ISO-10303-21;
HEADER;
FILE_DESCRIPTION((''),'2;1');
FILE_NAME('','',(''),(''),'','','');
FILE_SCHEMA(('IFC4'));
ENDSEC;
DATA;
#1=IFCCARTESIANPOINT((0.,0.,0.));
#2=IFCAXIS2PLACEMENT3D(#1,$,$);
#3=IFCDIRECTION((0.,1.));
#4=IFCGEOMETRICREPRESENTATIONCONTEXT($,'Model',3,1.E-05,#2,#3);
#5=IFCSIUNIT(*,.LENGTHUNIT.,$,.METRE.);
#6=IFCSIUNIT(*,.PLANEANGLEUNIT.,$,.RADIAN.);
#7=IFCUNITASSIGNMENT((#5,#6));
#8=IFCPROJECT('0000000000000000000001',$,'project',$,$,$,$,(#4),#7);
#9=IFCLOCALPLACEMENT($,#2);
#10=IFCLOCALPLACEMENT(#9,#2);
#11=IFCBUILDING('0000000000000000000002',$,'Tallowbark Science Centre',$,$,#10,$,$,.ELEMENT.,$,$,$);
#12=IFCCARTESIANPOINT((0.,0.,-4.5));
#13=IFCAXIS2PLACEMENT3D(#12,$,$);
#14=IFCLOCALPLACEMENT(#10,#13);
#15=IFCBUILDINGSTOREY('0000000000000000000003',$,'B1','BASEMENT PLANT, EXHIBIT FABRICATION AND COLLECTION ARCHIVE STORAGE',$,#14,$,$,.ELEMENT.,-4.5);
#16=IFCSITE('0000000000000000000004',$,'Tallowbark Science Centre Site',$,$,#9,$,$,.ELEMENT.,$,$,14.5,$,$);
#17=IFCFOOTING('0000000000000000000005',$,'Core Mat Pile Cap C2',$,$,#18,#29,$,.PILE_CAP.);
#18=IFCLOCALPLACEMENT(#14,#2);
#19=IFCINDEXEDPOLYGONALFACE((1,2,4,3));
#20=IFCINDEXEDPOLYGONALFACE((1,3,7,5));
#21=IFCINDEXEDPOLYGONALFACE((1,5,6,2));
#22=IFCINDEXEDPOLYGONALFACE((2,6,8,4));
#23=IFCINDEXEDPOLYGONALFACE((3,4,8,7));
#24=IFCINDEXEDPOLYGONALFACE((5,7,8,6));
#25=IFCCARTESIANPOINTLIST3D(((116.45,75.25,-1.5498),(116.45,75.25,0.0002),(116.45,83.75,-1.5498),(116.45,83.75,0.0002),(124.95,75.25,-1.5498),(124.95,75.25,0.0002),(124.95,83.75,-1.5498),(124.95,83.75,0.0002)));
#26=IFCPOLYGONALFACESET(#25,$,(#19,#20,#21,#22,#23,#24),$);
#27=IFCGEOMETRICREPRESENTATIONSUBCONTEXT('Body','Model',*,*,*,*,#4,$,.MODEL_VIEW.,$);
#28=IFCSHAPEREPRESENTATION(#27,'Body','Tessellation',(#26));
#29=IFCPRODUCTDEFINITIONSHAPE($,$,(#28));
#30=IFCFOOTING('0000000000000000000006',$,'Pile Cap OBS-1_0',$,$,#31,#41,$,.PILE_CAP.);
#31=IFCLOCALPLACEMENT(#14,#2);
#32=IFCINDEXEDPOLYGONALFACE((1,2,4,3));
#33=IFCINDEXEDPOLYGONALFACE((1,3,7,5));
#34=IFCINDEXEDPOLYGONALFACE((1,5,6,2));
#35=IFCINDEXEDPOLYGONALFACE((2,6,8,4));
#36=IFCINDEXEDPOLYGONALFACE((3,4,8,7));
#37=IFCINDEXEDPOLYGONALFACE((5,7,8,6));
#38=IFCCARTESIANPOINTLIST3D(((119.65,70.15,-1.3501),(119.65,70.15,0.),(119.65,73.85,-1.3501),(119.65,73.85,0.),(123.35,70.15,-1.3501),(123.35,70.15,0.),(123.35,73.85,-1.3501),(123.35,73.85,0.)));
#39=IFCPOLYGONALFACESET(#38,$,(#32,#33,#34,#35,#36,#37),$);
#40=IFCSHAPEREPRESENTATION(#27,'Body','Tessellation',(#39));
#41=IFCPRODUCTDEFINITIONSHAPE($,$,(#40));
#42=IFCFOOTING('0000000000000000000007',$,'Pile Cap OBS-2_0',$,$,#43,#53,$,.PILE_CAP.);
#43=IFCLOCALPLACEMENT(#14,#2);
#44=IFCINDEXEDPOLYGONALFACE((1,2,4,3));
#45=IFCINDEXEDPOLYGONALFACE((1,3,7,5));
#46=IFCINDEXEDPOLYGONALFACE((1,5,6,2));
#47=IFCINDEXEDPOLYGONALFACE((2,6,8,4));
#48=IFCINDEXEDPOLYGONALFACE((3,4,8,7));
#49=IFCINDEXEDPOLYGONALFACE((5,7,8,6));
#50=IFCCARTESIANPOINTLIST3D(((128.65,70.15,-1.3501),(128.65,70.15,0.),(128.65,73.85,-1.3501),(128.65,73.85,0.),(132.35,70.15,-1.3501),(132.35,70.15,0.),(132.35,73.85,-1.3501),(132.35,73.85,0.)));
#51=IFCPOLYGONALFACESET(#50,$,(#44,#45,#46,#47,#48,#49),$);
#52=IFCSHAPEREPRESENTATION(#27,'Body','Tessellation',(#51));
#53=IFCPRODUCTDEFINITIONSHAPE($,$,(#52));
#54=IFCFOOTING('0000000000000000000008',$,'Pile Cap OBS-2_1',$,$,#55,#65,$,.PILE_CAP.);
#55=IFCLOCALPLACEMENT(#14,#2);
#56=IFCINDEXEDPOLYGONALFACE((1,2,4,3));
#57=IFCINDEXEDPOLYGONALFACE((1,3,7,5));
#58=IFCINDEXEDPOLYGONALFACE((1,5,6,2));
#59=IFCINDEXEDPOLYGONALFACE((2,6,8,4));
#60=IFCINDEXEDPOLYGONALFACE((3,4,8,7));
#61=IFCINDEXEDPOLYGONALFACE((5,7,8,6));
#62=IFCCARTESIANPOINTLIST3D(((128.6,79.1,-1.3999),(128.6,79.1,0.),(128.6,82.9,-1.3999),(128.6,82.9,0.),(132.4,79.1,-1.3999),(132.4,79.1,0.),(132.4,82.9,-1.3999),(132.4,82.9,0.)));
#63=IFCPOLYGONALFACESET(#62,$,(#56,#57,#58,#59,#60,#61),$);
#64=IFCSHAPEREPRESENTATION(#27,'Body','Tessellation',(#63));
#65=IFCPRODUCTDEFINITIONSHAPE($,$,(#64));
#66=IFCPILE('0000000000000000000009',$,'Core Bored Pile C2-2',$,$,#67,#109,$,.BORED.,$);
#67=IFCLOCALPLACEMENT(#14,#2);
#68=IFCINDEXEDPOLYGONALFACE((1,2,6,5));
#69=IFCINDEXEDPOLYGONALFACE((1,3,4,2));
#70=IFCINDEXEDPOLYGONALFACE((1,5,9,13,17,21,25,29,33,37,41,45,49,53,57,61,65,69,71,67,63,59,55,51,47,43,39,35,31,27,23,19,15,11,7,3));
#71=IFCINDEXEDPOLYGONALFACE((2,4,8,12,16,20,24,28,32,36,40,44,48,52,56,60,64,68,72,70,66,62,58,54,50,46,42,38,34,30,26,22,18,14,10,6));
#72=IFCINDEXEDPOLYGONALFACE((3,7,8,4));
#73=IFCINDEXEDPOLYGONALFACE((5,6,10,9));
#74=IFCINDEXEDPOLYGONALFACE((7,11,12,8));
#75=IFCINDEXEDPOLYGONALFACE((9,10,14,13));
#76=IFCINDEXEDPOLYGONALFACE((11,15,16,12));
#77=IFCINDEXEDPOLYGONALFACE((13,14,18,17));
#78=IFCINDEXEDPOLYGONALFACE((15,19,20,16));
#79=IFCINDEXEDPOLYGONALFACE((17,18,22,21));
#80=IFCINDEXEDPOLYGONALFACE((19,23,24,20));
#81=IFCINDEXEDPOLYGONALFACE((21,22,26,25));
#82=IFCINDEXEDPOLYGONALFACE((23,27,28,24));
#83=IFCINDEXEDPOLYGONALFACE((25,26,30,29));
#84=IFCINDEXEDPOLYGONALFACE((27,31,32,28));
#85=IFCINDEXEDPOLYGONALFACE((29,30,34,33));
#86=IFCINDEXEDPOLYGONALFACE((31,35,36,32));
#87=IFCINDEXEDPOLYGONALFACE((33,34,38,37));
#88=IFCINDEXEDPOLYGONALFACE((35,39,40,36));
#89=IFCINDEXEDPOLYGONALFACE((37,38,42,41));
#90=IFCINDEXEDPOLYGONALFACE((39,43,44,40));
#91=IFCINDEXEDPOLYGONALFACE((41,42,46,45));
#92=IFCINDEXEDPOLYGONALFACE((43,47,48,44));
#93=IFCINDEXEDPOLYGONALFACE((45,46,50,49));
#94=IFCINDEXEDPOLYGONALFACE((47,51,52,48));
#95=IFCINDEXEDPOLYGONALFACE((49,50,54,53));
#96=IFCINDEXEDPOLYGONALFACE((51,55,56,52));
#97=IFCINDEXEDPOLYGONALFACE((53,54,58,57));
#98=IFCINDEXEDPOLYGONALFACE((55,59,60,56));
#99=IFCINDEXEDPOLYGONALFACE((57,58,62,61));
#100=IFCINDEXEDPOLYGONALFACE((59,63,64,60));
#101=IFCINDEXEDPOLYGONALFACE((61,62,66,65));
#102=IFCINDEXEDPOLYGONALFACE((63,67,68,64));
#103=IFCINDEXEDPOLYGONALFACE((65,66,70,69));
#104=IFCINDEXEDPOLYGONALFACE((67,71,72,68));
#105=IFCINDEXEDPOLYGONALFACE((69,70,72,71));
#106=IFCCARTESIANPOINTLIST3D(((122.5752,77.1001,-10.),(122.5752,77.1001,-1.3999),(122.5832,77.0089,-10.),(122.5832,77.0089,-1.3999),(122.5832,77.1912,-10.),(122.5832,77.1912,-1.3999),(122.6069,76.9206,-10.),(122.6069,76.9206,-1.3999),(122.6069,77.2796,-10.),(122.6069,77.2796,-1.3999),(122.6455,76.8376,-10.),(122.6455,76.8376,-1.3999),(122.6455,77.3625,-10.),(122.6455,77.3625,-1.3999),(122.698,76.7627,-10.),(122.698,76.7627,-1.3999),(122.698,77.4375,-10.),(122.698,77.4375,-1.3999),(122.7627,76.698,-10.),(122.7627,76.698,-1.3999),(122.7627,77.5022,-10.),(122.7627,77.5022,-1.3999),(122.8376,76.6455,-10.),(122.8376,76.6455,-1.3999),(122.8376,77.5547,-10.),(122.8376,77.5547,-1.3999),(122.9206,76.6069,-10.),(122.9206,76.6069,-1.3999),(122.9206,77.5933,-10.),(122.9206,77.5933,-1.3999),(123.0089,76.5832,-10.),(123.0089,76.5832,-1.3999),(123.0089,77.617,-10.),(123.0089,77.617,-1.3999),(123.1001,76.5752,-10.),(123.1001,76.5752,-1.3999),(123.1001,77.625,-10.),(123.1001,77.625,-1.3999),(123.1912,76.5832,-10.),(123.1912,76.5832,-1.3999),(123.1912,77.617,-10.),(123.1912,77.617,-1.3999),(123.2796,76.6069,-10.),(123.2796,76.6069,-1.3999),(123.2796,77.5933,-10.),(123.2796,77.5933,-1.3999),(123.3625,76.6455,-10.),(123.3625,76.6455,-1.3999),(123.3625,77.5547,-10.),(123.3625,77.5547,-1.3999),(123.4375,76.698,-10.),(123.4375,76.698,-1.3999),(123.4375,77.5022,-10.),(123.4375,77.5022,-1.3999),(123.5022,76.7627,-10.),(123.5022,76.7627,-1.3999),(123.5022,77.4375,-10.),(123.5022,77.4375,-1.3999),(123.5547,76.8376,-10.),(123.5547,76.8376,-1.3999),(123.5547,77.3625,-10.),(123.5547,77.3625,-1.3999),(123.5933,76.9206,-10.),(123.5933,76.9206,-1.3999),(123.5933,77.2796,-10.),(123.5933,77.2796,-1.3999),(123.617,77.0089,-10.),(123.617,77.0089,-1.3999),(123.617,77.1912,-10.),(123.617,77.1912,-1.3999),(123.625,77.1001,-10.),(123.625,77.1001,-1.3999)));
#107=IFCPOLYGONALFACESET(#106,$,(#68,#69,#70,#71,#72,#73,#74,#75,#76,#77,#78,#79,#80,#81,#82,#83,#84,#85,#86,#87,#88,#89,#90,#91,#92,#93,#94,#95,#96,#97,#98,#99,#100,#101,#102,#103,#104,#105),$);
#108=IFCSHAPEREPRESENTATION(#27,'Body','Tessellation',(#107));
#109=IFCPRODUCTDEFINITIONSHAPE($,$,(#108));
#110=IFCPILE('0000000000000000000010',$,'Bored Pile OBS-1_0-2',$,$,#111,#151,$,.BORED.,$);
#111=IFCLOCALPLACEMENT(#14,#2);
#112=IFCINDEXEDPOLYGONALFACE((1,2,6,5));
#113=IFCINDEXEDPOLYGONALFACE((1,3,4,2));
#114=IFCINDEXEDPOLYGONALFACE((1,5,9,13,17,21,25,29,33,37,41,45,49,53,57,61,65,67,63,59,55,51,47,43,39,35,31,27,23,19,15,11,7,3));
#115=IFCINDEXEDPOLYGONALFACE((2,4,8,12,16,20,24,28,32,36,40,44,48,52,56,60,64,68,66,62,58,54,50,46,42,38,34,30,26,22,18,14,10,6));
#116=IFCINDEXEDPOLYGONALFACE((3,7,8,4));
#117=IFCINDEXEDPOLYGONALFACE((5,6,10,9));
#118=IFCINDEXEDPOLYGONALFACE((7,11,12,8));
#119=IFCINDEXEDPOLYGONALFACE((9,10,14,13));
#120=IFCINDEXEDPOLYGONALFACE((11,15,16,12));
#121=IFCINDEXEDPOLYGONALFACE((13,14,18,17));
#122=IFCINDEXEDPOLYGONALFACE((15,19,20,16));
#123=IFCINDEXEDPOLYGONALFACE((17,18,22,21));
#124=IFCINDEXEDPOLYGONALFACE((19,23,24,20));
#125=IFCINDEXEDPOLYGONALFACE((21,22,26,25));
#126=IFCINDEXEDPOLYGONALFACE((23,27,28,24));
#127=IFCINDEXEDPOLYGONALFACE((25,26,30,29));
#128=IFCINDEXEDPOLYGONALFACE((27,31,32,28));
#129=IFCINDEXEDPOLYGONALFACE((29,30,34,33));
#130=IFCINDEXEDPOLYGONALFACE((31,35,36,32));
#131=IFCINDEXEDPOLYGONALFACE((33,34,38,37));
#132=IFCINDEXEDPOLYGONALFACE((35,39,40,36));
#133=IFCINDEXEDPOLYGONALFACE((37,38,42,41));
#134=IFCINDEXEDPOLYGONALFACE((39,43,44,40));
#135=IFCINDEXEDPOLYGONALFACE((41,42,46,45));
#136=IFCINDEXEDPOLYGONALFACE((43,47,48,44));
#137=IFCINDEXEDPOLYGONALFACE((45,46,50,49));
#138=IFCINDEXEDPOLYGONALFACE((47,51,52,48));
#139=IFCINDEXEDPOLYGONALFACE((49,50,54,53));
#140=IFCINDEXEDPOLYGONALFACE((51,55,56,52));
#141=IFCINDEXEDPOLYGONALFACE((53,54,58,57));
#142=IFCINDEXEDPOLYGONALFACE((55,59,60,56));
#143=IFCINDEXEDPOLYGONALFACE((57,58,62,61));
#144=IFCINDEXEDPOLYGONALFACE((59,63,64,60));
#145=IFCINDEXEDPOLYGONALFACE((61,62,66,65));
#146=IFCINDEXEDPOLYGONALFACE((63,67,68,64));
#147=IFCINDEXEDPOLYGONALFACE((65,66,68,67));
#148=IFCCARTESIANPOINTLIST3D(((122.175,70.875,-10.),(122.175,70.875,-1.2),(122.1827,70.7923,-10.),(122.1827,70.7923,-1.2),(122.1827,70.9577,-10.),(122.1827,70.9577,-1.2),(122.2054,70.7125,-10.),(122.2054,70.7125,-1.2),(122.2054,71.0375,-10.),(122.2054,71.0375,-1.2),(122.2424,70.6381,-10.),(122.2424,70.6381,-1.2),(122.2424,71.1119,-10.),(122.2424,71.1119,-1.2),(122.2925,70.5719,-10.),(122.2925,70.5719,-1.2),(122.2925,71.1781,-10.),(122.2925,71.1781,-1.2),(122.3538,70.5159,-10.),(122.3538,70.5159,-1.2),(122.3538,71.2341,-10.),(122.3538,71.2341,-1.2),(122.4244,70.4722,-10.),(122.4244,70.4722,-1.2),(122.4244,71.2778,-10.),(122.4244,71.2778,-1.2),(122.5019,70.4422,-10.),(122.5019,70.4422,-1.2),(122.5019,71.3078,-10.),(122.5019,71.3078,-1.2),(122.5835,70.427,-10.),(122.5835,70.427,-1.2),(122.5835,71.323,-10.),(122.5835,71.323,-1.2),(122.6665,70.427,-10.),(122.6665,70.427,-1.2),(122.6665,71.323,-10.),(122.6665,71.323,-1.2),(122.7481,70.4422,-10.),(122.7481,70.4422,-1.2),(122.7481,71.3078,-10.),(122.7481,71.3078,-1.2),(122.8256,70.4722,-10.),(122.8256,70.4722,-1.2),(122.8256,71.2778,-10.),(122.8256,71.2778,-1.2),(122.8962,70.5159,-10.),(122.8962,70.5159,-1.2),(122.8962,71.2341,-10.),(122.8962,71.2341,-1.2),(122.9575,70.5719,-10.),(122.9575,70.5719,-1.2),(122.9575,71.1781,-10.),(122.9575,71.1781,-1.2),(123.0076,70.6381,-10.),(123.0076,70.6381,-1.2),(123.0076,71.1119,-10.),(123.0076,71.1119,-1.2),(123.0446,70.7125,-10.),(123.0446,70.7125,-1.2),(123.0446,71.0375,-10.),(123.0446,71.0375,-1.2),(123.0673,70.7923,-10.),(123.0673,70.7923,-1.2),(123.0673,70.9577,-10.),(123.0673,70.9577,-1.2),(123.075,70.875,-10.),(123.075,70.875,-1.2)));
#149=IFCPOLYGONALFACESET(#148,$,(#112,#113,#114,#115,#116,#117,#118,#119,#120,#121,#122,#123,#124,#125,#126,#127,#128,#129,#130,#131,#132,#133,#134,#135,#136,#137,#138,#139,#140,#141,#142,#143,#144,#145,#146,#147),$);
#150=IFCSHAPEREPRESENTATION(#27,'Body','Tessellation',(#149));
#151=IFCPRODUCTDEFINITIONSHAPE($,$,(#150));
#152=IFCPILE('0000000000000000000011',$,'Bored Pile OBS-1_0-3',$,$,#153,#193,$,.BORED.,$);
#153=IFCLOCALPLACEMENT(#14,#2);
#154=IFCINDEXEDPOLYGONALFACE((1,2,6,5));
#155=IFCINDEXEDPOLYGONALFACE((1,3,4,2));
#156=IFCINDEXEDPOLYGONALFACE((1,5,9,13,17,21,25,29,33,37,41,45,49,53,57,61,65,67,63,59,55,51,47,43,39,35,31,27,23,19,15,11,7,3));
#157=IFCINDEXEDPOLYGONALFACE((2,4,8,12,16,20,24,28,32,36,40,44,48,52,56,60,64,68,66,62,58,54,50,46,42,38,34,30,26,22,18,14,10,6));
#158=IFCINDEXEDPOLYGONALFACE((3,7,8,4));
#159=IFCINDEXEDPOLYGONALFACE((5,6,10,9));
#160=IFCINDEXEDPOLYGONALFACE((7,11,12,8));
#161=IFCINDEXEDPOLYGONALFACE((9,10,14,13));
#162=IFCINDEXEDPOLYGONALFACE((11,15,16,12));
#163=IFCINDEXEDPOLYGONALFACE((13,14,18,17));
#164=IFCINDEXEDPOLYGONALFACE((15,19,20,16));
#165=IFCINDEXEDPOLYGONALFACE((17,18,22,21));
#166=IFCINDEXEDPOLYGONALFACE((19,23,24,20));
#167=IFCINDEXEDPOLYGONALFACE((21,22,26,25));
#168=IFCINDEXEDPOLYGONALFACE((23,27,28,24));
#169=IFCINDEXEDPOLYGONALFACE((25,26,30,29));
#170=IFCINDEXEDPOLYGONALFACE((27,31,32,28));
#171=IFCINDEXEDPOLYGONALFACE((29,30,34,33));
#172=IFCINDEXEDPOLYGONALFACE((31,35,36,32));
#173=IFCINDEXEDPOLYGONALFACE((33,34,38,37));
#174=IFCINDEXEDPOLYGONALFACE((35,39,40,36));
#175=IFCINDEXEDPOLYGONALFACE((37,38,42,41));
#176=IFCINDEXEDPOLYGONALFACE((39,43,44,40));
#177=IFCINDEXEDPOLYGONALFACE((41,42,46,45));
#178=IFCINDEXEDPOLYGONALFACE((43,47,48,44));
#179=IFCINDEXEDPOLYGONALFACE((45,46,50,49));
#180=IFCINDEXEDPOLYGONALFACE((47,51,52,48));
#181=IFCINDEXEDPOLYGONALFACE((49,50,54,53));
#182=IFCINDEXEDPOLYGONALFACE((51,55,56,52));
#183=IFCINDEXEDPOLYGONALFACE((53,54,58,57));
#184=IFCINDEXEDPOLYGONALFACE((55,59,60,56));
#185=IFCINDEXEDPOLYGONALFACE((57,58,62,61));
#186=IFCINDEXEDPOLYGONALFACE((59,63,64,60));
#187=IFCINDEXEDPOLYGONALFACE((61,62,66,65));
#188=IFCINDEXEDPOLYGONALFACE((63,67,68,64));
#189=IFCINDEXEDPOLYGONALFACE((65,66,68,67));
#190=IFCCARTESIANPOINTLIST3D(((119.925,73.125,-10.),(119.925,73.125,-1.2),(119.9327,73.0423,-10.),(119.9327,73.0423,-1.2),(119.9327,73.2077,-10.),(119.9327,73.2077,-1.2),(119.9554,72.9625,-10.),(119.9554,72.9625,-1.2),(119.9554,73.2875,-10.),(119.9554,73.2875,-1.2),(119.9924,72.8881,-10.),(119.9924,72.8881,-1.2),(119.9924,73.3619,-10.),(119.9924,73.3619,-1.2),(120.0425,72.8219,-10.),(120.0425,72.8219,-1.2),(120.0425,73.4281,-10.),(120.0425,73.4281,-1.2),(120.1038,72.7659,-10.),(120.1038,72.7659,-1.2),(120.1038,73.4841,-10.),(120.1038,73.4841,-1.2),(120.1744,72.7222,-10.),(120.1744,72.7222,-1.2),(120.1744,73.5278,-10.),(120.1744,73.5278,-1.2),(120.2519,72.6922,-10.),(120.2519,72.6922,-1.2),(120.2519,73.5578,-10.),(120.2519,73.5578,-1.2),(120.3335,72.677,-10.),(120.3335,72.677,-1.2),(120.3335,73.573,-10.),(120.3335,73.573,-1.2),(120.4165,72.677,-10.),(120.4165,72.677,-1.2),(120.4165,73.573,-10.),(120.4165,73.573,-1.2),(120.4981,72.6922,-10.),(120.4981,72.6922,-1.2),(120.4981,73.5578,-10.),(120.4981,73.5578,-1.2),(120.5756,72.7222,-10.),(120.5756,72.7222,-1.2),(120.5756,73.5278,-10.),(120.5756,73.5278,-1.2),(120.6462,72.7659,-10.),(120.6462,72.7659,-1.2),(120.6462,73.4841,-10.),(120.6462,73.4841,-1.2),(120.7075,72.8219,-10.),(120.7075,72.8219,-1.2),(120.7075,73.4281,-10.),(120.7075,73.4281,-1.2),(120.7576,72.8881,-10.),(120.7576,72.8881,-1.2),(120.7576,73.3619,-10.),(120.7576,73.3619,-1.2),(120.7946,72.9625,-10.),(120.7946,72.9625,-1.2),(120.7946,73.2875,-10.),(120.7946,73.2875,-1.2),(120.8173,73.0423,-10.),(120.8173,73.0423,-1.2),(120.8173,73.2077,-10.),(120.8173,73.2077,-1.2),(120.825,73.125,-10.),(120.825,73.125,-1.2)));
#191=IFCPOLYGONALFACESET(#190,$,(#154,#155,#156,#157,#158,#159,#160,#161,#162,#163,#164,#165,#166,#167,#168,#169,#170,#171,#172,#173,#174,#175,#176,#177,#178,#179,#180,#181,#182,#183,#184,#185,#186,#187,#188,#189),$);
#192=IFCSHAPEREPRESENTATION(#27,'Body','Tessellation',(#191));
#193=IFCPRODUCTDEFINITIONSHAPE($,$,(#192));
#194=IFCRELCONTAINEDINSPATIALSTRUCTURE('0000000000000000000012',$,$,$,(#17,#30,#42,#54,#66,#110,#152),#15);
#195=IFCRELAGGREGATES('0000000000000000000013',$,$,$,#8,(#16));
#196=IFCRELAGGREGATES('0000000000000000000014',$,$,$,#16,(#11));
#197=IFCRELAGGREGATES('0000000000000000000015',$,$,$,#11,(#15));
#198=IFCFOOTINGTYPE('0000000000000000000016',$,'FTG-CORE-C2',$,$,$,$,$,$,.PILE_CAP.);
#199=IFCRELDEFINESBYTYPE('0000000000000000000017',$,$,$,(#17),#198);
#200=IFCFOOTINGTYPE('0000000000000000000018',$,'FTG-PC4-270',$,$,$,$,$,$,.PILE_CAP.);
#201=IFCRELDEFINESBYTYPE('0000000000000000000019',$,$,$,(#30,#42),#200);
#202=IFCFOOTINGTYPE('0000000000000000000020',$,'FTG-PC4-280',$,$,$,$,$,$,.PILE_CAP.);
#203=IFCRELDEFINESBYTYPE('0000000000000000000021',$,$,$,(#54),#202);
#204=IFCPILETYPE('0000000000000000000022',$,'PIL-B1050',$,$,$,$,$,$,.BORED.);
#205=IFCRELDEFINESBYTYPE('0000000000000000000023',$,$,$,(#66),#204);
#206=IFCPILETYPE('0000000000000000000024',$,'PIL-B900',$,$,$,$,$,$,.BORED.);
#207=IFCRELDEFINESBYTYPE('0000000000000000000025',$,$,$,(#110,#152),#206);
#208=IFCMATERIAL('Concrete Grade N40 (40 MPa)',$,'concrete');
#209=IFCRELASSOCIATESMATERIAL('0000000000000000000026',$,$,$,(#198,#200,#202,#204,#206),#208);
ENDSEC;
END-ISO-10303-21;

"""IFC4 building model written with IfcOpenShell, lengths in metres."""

from ifc_helpers import new_model, si_unit, direction, frame, origin, origin_2d, place, context, subcontext, project, spatial, rectangle, circle, extrude, material, material_profile, profile_set, type_object, element, save


model = new_model("IFC4")

# Units and contexts
model_context = context("Model", 3, precision=1e-05, world=origin(), true_north=direction((0.0, 1.0)))
body_context = subcontext(model_context, "Body", "Model", "MODEL_VIEW")
ifc_project = project(units=[si_unit("LENGTHUNIT", "METRE"), si_unit("PLANEANGLEUNIT", "RADIAN")], contexts=[model_context])

# Site, building, storey
site_placement = place(None, origin())
site = spatial("IfcSite", under=ifc_project, at=site_placement, Name="Tallowbark Science Centre Site", CompositionType="ELEMENT", RefElevation=14.5)
building_placement = place(site_placement, origin())
building = spatial("IfcBuilding", under=site, at=building_placement, Name="Tallowbark Science Centre", CompositionType="ELEMENT")
storey_placement = place(building_placement, frame((0.0, 0.0, -4.5)))
storey = spatial("IfcBuildingStorey", under=building, at=storey_placement, Name="B1", Description="BASEMENT PLANT, EXHIBIT FABRICATION AND COLLECTION ARCHIVE STORAGE", CompositionType="ELEMENT", Elevation=-4.5)

# Footings
ifc_material_1 = material(Name="Concrete Grade N40 (40 MPa)", Category="concrete")
footing_type_1 = type_object("IfcFootingType", Name="FTG-CORE-C2", PredefinedType="PILE_CAP", material=ifc_material_1)
footing_1_placement = place(storey_placement, frame((120.7, 79.5, -1.5498), z_axis=(0.0, 0.0, 1.0), x_axis=(1.0, 0.0, 0.0)))
element("IfcFooting", 1, at=footing_1_placement, inside=storey, type_object=footing_type_1, Name="Core Mat Pile Cap C2", PredefinedType="PILE_CAP", context=body_context, shape_type="SweptSolid", body=[
    extrude(rectangle(XDim=8.5, YDim=8.5, at=origin_2d()), origin(), (0.0, 0.0, 1.0), 1.55),
])
footing_type_2 = type_object("IfcFootingType", Name="FTG-PC4-270", PredefinedType="PILE_CAP", material=ifc_material_1)
for number, where, z_axis, x_axis, name in (
    (2, (121.5, 72.0, -1.3501), (0.0, 0.0, 1.0), (1.0, 0.0, 0.0), "Pile Cap OBS-1_0"),
    (3, (130.5, 72.0, -1.3501), (0.0, 0.0, 1.0), (1.0, 0.0, 0.0), "Pile Cap OBS-2_0"),
):
    element("IfcFooting", number, at=place(storey_placement, frame(where, z_axis=z_axis, x_axis=x_axis)), inside=storey, type_object=footing_type_2, Name=name, PredefinedType="PILE_CAP", context=body_context, shape_type="SweptSolid", body=[
        extrude(rectangle(XDim=3.7, YDim=3.7, at=origin_2d()), origin(), (0.0, 0.0, 1.0), 1.3501),
    ])
footing_type_3 = type_object("IfcFootingType", Name="FTG-PC4-280", PredefinedType="PILE_CAP", material=ifc_material_1)
footing_2_placement = place(storey_placement, frame((130.5, 81.0, -1.3999), z_axis=(0.0, 0.0, 1.0), x_axis=(1.0, 0.0, 0.0)))
element("IfcFooting", 4, at=footing_2_placement, inside=storey, type_object=footing_type_3, Name="Pile Cap OBS-2_1", PredefinedType="PILE_CAP", context=body_context, shape_type="SweptSolid", body=[
    extrude(rectangle(XDim=3.8, YDim=3.8, at=origin_2d()), origin(), (0.0, 0.0, 1.0), 1.3999),
])

# Piles
ifc_material_profile_1 = material_profile(ifc_material_1, circle(Radius=0.5249, at=origin_2d()), Name="PILE1050")
ifc_profile_set_1 = profile_set([ifc_material_profile_1], Name="Concrete Grade N40 (40 MPa)")
pile_type_1 = type_object("IfcPileType", Name="PIL-B1050", PredefinedType="BORED", material=ifc_profile_set_1)
pile_1_placement = place(storey_placement, frame((123.1001, 77.1001, -1.3999), z_axis=(0.0, 0.0, -1.0), x_axis=(1.0, 0.0, 0.0)))
element("IfcPile", 5, at=pile_1_placement, inside=storey, type_object=pile_type_1, Name="Core Bored Pile C2-2", PredefinedType="BORED", context=body_context, shape_type="SweptSolid", body=[
    extrude(circle(Radius=0.5249, at=origin_2d()), origin(), (0.0, 0.0, 1.0), 8.6001),
])
ifc_material_profile_2 = material_profile(ifc_material_1, circle(Radius=0.45, at=origin_2d()), Name="PILE900")
ifc_profile_set_2 = profile_set([ifc_material_profile_2], Name="Concrete Grade N40 (40 MPa)")
pile_type_2 = type_object("IfcPileType", Name="PIL-B900", PredefinedType="BORED", material=ifc_profile_set_2)
for number, where, z_axis, x_axis, name in (
    (6, (122.625, 70.875, -1.2), (0.0, 0.0, -1.0), (1.0, 0.0, 0.0), "Bored Pile OBS-1_0-2"),
    (7, (120.375, 73.125, -1.2), (0.0, 0.0, -1.0), (1.0, 0.0, 0.0), "Bored Pile OBS-1_0-3"),
):
    element("IfcPile", number, at=place(storey_placement, frame(where, z_axis=z_axis, x_axis=x_axis)), inside=storey, type_object=pile_type_2, Name=name, PredefinedType="BORED", context=body_context, shape_type="SweptSolid", body=[
        extrude(circle(Radius=0.45, at=origin_2d()), origin(), (0.0, 0.0, 1.0), 8.8),
    ])

save(model, "model.ifc")
